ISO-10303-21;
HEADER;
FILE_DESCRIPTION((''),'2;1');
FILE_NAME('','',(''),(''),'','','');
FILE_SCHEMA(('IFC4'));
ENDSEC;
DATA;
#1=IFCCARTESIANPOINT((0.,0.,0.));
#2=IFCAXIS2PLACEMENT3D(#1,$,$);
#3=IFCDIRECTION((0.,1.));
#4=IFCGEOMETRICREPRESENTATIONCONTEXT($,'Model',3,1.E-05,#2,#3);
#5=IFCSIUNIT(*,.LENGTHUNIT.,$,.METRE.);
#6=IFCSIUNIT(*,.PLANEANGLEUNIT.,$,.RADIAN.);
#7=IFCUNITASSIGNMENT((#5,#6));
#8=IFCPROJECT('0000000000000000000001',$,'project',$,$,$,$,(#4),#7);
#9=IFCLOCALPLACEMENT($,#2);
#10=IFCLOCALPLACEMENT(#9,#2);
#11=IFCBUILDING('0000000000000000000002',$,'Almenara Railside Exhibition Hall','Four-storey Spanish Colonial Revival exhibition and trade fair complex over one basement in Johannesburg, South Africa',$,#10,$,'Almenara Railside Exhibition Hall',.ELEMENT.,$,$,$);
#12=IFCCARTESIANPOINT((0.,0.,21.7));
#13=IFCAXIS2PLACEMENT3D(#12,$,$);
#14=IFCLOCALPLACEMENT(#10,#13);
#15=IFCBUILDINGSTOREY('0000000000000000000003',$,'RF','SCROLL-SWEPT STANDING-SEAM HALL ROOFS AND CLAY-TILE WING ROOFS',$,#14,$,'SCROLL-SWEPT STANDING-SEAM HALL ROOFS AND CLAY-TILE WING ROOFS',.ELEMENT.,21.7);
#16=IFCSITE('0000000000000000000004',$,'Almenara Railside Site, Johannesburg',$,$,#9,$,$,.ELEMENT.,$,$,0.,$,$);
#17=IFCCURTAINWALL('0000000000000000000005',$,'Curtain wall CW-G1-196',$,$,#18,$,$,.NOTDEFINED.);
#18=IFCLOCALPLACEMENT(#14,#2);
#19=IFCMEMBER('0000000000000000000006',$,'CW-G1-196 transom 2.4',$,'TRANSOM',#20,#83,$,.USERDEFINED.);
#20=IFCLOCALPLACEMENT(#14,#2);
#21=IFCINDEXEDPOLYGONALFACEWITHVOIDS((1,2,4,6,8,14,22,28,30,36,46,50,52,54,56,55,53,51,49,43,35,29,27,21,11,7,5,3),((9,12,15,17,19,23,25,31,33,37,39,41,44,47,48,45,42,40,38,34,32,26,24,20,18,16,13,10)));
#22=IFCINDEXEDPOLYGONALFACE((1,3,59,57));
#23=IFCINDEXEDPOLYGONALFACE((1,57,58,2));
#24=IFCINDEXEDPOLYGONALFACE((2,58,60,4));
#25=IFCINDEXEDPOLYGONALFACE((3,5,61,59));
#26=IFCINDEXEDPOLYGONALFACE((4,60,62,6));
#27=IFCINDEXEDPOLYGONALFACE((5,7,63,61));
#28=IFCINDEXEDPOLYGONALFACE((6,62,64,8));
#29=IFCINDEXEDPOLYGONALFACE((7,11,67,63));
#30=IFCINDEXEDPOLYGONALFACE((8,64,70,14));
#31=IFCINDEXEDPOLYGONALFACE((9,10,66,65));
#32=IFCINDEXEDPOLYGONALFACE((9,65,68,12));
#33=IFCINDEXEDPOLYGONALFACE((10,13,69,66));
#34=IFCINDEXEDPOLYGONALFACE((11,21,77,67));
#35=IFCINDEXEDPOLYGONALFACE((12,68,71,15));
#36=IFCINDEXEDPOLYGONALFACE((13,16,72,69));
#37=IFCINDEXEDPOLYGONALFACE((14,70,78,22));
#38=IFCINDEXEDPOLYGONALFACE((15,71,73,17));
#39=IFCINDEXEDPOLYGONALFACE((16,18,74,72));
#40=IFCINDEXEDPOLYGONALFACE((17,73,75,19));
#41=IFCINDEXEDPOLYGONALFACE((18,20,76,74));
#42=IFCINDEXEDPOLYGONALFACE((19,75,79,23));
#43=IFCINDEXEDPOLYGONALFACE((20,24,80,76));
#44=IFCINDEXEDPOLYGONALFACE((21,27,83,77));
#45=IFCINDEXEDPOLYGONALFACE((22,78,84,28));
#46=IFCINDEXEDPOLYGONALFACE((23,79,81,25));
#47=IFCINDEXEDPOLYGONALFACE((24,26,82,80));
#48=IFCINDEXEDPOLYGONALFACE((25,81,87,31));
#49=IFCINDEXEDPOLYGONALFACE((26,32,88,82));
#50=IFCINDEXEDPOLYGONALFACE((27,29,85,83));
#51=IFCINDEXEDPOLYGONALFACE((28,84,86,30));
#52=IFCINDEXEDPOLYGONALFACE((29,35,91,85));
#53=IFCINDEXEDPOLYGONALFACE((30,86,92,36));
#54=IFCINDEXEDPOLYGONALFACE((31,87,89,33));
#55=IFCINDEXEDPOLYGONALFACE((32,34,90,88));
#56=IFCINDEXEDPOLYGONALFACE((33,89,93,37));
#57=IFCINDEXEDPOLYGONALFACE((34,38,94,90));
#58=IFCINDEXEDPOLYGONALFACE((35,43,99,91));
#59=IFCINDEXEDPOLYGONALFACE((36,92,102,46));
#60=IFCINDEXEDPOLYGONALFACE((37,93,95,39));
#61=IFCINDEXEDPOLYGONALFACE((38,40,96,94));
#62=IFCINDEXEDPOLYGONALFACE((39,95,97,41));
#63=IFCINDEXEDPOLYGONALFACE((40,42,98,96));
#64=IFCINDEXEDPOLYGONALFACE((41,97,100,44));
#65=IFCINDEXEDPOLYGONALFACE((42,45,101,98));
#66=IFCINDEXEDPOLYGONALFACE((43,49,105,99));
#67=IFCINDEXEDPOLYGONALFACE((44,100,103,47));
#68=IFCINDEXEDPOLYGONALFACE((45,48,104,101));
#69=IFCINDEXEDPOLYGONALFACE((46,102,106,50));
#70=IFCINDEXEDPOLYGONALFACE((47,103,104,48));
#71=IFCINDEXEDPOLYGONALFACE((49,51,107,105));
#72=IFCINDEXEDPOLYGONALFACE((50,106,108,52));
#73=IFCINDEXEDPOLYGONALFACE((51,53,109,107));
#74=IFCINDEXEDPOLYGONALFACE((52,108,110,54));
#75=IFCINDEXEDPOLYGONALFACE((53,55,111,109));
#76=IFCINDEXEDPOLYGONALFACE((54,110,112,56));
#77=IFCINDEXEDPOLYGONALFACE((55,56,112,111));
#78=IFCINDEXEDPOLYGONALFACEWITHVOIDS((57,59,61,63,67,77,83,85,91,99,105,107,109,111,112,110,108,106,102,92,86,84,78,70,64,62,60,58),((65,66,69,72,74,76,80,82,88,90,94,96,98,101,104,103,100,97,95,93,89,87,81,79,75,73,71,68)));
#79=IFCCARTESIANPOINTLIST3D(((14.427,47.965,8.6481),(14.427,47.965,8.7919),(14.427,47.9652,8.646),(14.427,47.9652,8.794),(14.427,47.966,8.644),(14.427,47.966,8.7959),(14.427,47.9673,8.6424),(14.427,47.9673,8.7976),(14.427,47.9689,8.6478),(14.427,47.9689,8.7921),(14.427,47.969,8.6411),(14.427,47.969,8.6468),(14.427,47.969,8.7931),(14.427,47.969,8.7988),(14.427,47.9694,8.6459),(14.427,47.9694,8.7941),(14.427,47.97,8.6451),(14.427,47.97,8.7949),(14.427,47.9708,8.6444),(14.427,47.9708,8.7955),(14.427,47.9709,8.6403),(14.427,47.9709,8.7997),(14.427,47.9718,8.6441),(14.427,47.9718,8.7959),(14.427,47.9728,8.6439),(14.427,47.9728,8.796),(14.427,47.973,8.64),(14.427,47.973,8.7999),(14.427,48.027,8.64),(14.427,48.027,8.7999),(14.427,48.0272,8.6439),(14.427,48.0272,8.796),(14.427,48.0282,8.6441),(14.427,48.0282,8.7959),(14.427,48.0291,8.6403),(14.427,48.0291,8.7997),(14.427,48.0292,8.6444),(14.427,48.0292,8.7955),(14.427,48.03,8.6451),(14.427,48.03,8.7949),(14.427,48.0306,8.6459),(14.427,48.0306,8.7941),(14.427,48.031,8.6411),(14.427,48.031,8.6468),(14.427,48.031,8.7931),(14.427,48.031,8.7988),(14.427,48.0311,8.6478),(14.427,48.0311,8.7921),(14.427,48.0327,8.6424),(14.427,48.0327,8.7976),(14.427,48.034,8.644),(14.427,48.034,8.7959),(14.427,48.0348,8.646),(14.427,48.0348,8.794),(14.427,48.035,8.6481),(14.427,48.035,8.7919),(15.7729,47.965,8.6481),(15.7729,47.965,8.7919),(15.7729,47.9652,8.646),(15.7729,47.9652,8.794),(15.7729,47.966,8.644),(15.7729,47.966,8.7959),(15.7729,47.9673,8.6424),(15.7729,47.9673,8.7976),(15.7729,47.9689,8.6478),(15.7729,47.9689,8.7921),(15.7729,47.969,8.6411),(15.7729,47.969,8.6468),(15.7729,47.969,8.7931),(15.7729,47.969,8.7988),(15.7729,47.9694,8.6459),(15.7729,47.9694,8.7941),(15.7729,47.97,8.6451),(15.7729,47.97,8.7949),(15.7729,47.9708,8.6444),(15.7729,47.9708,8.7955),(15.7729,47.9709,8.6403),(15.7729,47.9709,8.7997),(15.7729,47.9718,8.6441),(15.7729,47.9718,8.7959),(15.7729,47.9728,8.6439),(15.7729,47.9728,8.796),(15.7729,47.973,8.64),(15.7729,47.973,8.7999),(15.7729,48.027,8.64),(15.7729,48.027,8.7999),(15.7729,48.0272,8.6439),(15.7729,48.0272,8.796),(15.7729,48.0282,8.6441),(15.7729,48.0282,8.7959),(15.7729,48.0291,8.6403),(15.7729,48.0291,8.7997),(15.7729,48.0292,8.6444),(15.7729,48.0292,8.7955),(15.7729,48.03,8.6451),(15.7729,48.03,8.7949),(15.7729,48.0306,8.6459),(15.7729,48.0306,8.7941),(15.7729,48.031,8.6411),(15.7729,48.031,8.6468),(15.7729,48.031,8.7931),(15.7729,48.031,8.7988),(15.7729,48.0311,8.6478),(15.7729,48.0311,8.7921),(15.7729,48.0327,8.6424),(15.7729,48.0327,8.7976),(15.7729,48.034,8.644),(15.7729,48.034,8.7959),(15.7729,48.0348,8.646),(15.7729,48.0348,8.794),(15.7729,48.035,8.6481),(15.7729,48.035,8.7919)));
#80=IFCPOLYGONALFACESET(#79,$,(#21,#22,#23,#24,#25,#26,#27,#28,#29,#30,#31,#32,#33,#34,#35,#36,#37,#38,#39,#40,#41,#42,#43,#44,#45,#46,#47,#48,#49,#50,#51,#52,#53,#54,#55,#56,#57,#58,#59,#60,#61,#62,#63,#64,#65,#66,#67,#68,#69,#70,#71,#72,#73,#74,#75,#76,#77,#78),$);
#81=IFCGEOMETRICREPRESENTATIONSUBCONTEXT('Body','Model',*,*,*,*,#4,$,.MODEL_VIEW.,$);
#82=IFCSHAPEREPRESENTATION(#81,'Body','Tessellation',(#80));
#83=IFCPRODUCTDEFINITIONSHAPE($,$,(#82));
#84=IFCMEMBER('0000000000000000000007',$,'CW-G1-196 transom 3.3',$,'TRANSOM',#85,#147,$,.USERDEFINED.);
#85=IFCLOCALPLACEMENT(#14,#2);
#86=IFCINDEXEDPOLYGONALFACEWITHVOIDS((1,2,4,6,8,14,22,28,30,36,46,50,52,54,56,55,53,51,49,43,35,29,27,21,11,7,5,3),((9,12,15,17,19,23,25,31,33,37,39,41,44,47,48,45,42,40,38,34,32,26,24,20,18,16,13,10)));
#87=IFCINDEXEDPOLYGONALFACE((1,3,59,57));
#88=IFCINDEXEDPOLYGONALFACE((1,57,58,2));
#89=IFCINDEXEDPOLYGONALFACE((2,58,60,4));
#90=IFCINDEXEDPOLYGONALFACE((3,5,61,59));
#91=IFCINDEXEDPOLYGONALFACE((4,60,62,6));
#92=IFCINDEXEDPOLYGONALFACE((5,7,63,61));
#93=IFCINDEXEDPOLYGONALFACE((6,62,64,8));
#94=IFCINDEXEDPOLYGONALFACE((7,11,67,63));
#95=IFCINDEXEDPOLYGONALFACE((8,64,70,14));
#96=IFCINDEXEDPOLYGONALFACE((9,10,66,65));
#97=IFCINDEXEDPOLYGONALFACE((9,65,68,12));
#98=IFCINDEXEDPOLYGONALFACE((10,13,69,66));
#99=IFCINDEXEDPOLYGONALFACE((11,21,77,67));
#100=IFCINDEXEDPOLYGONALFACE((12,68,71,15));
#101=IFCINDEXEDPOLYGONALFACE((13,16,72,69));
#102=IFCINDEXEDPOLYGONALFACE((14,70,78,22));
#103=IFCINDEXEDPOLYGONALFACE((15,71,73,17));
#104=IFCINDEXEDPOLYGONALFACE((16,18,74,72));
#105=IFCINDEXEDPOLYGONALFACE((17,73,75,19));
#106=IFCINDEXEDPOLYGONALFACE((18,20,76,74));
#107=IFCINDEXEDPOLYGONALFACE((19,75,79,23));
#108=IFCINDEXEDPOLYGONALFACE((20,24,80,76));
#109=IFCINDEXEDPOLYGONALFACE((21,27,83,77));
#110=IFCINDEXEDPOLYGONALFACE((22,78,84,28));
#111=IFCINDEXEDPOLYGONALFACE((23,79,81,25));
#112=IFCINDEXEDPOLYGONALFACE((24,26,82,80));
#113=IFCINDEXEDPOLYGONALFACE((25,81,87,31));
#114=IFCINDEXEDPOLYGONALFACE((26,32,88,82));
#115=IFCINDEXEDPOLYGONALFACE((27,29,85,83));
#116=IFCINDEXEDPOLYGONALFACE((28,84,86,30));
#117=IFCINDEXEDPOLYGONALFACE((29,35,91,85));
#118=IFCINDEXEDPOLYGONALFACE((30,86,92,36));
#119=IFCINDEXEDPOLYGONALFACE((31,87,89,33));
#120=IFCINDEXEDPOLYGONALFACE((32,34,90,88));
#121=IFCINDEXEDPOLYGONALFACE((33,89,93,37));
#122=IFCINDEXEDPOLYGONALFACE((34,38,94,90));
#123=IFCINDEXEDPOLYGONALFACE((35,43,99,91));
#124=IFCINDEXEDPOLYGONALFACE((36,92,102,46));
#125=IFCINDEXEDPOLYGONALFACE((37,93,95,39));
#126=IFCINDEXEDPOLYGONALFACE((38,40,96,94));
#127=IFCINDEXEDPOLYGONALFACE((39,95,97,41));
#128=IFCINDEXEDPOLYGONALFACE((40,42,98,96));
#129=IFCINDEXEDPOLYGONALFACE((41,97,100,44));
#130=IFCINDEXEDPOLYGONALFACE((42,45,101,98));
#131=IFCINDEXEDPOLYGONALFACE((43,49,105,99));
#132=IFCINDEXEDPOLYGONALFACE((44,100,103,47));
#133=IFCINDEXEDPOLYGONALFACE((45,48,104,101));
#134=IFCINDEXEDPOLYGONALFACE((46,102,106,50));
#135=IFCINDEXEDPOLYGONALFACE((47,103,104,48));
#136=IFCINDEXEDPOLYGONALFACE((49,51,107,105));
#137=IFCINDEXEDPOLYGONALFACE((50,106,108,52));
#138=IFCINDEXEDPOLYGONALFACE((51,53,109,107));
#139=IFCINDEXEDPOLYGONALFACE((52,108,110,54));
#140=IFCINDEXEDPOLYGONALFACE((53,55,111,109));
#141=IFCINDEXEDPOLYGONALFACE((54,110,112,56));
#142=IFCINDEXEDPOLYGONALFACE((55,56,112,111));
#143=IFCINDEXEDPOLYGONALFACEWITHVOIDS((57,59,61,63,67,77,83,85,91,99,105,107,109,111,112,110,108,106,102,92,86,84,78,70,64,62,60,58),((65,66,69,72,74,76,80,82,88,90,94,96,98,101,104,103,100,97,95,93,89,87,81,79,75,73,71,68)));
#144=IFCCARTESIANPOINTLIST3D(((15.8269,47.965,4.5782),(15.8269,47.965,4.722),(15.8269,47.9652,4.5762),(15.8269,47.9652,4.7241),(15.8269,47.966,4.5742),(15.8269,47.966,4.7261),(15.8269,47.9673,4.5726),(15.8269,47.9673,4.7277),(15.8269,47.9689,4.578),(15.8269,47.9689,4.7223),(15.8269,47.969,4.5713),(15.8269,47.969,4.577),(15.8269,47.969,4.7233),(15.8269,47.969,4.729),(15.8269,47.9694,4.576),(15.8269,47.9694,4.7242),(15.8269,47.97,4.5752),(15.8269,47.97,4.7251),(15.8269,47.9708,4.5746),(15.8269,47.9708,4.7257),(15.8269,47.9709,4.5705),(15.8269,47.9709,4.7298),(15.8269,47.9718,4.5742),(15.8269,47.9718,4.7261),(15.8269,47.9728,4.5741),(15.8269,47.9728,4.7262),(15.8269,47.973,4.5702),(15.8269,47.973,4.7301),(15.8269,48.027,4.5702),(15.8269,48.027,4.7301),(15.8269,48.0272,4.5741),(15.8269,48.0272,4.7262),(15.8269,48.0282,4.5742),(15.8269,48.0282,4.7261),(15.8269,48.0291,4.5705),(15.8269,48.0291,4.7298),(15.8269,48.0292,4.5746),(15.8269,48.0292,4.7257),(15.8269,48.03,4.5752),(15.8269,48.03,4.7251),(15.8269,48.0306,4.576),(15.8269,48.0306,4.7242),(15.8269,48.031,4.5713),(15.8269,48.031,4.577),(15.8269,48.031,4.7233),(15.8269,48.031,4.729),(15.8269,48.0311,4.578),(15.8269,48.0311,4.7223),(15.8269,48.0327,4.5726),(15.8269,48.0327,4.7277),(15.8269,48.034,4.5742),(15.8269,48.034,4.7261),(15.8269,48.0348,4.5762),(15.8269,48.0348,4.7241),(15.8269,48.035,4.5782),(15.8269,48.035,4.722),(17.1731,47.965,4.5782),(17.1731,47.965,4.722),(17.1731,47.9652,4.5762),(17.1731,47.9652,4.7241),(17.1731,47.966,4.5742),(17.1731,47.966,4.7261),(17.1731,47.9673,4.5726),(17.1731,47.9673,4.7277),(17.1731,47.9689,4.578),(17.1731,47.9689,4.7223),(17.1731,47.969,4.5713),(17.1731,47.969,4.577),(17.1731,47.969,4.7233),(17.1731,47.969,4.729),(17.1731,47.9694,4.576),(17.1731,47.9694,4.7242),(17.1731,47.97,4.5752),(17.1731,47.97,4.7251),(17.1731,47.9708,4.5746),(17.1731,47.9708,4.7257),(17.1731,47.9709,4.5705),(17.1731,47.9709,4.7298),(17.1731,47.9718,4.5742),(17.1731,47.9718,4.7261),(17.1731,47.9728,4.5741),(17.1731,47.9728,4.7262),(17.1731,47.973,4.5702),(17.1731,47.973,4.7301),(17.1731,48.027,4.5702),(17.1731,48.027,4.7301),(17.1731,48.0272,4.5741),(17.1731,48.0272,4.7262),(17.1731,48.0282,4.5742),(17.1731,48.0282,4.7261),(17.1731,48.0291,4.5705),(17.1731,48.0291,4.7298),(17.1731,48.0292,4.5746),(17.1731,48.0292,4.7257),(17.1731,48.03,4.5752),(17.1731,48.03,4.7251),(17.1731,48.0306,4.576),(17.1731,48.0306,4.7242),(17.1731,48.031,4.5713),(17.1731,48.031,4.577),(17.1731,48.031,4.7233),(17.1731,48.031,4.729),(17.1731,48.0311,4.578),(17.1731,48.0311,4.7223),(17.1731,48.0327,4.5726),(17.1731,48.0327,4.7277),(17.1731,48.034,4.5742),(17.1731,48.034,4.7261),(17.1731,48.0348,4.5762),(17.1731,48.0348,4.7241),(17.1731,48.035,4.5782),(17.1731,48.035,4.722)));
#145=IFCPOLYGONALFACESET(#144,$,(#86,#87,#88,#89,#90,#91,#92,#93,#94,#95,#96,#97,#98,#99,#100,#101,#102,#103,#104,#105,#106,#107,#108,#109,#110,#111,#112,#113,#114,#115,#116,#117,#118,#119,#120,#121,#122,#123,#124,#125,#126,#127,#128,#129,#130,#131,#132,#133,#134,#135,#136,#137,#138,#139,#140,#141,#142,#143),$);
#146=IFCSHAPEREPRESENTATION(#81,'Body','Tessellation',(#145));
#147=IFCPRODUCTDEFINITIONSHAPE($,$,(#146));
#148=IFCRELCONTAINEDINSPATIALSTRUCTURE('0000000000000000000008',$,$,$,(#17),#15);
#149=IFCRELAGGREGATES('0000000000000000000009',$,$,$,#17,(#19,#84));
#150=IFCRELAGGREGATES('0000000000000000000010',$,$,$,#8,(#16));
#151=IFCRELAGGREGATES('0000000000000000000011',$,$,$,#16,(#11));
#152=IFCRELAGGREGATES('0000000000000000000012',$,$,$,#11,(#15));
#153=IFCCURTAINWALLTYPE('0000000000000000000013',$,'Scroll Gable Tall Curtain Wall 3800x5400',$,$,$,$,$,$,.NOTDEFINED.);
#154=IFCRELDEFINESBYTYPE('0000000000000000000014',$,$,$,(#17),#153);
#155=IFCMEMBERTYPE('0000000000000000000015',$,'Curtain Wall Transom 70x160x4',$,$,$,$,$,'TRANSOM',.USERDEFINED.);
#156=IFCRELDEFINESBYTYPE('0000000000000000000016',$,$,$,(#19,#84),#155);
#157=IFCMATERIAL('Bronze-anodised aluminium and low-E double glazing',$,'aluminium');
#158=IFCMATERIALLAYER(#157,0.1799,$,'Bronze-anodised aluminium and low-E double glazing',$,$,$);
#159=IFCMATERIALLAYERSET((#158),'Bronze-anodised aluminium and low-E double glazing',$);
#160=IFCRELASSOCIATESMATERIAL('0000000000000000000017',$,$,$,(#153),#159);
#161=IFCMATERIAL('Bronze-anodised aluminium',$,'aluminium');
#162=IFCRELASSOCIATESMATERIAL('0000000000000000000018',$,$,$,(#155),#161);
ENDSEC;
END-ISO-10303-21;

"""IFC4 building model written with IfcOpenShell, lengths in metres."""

from ifc_helpers import new_model, si_unit, direction, frame, origin, origin_2d, place, context, subcontext, project, spatial, hollow_rectangle, extrude, material, layer, layer_set, material_profile, profile_set, type_object, element, aggregate, save


model = new_model("IFC4")

# Units and contexts
model_context = context("Model", 3, precision=1e-05, world=origin(), true_north=direction((0.0, 1.0)))
body_context = subcontext(model_context, "Body", "Model", "MODEL_VIEW")
ifc_project = project(units=[si_unit("LENGTHUNIT", "METRE"), si_unit("PLANEANGLEUNIT", "RADIAN")], contexts=[model_context])

# Site, building, storey
site_placement = place(None, origin())
site = spatial("IfcSite", under=ifc_project, at=site_placement, Name="Almenara Railside Site, Johannesburg", CompositionType="ELEMENT", RefElevation=0.0)
building_placement = place(site_placement, origin())
building = spatial("IfcBuilding", under=site, at=building_placement, Name="Almenara Railside Exhibition Hall", Description="Four-storey Spanish Colonial Revival exhibition and trade fair complex over one basement in Johannesburg, South Africa", LongName="Almenara Railside Exhibition Hall", CompositionType="ELEMENT")
storey_placement = place(building_placement, frame((0.0, 0.0, 21.7)))
storey = spatial("IfcBuildingStorey", under=building, at=storey_placement, Name="RF", Description="SCROLL-SWEPT STANDING-SEAM HALL ROOFS AND CLAY-TILE WING ROOFS", LongName="SCROLL-SWEPT STANDING-SEAM HALL ROOFS AND CLAY-TILE WING ROOFS", CompositionType="ELEMENT", Elevation=21.7)

# Curtain wall, members
ifc_material_1 = material(Name="Bronze-anodised aluminium and low-E double glazing", Category="aluminium")
ifc_material_2 = material(Name="Bronze-anodised aluminium", Category="aluminium")
ifc_layer_1 = layer(ifc_material_1, 0.1799, Name="Bronze-anodised aluminium and low-E double glazing")
ifc_layer_set_1 = layer_set([ifc_layer_1], Name="Bronze-anodised aluminium and low-E double glazing")
curtain_wall_type_1 = type_object("IfcCurtainWallType", Name="Scroll Gable Tall Curtain Wall 3800x5400", PredefinedType="NOTDEFINED", material=ifc_layer_set_1)
curtain_wall_1_placement = place(storey_placement, origin())
curtain_wall_1 = element("IfcCurtainWall", 1, at=curtain_wall_1_placement, inside=storey, type_object=curtain_wall_type_1, Name="Curtain wall CW-G1-196", PredefinedType="NOTDEFINED")
ifc_material_profile_1 = material_profile(ifc_material_2, hollow_rectangle(XDim=0.0701, YDim=0.1599, WallThickness=0.0039, InnerFilletRadius=0.0039, OuterFilletRadius=0.0081, at=origin_2d()), Name="ALU-TRN 70x160x4")
ifc_profile_set_1 = profile_set([ifc_material_profile_1], Name="Bronze-anodised aluminium")
member_type_1 = type_object("IfcMemberType", Name="Curtain Wall Transom 70x160x4", ElementType="TRANSOM", PredefinedType="USERDEFINED", material=ifc_profile_set_1)
member_1_placement = place(storey_placement, frame((14.427, 48.0, 8.72), z_axis=(1.0, 0.0, 0.0), x_axis=(0.0, 1.0, 0.0)))
member_1 = element("IfcMember", 2, at=member_1_placement, type_object=member_type_1, Name="CW-G1-196 transom 2.4", ObjectType="TRANSOM", PredefinedType="USERDEFINED", context=body_context, shape_type="SweptSolid", body=[
    extrude(hollow_rectangle(XDim=0.0701, YDim=0.1599, WallThickness=0.0039, InnerFilletRadius=0.0039, OuterFilletRadius=0.0081, at=origin_2d()), origin(), (0.0, 0.0, 1.0), 1.3459),
])
member_2_placement = place(storey_placement, frame((15.8269, 48.0, 4.6501), z_axis=(1.0, 0.0, 0.0), x_axis=(0.0, 1.0, 0.0)))
member_2 = element("IfcMember", 3, at=member_2_placement, type_object=member_type_1, Name="CW-G1-196 transom 3.3", ObjectType="TRANSOM", PredefinedType="USERDEFINED", context=body_context, shape_type="SweptSolid", body=[
    extrude(hollow_rectangle(XDim=0.0701, YDim=0.1599, WallThickness=0.0039, InnerFilletRadius=0.0039, OuterFilletRadius=0.0081, at=origin_2d()), origin(), (0.0, 0.0, 1.0), 1.3462),
])

aggregate(curtain_wall_1, [member_1, member_2])

save(model, "model.ifc")
